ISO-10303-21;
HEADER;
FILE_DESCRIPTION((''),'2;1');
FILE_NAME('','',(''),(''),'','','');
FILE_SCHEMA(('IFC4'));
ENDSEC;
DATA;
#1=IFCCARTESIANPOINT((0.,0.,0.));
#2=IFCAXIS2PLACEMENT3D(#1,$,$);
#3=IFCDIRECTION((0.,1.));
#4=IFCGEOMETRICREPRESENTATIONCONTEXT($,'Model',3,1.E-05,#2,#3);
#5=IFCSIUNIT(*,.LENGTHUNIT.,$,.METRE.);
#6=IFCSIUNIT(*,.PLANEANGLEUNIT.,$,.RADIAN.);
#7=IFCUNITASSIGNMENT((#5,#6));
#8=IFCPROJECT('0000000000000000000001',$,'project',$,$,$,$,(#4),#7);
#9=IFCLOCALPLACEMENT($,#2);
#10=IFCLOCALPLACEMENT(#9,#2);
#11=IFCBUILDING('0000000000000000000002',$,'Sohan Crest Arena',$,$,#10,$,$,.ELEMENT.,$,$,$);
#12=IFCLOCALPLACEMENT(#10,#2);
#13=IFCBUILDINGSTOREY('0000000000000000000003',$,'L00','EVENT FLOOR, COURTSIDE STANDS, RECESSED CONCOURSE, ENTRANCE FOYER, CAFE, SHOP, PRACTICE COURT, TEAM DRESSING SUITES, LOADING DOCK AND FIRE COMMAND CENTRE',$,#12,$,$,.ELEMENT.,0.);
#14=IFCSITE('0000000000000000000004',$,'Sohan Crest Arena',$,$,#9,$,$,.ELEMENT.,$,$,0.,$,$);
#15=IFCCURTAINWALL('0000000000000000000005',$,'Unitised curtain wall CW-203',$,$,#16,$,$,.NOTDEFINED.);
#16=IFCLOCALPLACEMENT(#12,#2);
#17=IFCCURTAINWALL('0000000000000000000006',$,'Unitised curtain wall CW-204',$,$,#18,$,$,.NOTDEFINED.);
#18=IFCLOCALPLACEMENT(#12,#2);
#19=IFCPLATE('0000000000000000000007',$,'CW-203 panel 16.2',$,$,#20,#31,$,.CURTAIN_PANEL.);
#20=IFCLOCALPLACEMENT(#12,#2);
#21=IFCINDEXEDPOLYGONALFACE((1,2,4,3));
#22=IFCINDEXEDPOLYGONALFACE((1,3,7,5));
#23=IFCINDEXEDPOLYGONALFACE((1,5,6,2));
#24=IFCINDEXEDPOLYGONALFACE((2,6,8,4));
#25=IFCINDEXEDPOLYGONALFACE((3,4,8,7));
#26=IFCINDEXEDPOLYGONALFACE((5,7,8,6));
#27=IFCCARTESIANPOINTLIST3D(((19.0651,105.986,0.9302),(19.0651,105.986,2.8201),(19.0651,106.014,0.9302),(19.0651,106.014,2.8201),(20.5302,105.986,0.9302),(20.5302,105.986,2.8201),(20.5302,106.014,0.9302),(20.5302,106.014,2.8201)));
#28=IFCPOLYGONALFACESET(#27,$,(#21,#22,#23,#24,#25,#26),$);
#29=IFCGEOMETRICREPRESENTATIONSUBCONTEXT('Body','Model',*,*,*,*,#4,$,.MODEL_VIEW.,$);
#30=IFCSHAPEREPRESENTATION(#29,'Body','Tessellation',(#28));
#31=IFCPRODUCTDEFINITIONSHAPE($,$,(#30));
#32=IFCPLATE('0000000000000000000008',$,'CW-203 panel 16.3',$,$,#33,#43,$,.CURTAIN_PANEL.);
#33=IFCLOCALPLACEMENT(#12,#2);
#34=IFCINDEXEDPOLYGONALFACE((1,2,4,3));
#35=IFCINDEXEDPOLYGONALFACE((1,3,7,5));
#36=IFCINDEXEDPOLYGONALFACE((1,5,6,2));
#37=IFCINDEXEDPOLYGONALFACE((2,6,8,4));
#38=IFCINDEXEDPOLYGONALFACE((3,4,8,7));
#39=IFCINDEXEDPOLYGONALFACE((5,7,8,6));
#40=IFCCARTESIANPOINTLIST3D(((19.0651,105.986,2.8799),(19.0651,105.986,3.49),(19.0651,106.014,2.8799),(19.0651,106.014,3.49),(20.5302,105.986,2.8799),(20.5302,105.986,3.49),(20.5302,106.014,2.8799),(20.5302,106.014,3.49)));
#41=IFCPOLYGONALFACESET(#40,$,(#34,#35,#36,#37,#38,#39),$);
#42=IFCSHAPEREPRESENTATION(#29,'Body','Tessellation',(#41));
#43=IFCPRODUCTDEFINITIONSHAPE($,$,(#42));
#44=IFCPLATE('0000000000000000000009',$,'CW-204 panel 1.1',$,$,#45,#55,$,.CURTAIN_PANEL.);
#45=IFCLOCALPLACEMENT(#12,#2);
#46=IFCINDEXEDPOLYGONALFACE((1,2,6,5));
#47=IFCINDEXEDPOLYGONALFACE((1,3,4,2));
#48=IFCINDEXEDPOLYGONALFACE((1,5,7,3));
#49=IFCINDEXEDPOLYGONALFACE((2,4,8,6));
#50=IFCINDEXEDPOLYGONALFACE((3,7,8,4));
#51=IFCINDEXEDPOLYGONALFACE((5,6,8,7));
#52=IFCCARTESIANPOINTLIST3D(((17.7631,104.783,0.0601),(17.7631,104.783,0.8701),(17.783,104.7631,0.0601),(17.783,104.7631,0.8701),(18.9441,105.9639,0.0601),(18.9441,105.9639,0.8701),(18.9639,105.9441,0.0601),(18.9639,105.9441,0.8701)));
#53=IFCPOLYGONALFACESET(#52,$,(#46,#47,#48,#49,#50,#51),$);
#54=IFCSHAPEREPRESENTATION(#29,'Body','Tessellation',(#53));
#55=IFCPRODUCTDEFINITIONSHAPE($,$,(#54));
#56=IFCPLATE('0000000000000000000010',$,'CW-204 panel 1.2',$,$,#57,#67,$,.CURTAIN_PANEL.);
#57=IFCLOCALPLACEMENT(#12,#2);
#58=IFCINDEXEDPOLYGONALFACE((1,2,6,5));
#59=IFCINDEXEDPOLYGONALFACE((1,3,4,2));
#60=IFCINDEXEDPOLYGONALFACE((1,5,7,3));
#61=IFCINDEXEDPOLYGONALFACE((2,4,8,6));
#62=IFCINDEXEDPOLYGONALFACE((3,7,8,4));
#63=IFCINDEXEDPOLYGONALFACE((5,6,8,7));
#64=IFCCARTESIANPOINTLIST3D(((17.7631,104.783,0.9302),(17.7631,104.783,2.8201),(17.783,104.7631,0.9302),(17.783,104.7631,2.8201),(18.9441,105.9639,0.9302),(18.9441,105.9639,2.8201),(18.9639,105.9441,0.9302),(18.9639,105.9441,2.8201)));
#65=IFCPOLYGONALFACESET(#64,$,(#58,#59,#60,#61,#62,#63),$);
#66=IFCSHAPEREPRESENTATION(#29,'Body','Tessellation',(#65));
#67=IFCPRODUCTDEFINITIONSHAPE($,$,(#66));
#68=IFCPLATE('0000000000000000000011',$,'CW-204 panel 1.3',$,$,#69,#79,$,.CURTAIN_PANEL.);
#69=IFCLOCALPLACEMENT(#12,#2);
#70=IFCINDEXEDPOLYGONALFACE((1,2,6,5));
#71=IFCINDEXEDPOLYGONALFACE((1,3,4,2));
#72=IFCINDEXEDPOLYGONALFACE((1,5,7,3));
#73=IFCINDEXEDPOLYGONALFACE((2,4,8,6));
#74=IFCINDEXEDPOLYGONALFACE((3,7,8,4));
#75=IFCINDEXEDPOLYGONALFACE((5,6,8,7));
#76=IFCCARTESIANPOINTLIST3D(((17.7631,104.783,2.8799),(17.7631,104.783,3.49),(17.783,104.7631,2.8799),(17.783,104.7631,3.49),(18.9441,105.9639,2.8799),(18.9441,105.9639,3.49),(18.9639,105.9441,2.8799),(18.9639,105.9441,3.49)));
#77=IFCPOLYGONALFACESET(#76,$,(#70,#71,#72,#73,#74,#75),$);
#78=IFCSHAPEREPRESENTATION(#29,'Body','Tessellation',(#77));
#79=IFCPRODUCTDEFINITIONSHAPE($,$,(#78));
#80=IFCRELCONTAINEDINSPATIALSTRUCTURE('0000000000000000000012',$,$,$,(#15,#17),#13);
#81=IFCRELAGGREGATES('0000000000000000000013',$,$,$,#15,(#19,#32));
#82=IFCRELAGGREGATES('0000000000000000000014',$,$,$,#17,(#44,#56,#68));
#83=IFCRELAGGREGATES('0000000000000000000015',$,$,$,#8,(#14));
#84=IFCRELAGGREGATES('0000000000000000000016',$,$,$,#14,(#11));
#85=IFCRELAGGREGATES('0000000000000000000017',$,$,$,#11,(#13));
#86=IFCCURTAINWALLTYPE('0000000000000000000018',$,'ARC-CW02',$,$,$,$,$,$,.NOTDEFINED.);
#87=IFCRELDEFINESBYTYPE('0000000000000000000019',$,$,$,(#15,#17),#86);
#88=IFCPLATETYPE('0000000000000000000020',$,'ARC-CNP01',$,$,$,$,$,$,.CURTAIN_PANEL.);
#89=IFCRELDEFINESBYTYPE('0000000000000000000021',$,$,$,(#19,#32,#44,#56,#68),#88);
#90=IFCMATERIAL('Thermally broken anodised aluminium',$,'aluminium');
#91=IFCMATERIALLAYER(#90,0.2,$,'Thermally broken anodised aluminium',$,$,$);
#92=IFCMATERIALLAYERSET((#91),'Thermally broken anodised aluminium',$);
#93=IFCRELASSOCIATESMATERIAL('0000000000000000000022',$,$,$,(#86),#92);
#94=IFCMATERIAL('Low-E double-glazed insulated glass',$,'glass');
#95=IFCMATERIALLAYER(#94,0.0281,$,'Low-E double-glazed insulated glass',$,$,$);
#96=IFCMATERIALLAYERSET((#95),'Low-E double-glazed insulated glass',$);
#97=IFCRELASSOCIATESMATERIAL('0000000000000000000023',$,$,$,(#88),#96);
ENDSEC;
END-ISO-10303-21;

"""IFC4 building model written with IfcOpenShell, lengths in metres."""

from ifc_helpers import new_model, si_unit, direction, frame, origin, origin_2d, place, context, subcontext, project, spatial, rectangle, extrude, material, layer, layer_set, type_object, element, aggregate, save


model = new_model("IFC4")

# Units and contexts
model_context = context("Model", 3, precision=1e-05, world=origin(), true_north=direction((0.0, 1.0)))
body_context = subcontext(model_context, "Body", "Model", "MODEL_VIEW")
ifc_project = project(units=[si_unit("LENGTHUNIT", "METRE"), si_unit("PLANEANGLEUNIT", "RADIAN")], contexts=[model_context])

# Site, building, storey
site_placement = place(None, origin())
site = spatial("IfcSite", under=ifc_project, at=site_placement, Name="Sohan Crest Arena", CompositionType="ELEMENT", RefElevation=0.0)
building_placement = place(site_placement, origin())
building = spatial("IfcBuilding", under=site, at=building_placement, Name="Sohan Crest Arena", CompositionType="ELEMENT")
storey_placement = place(building_placement, origin())
storey = spatial("IfcBuildingStorey", under=building, at=storey_placement, Name="L00", Description="EVENT FLOOR, COURTSIDE STANDS, RECESSED CONCOURSE, ENTRANCE FOYER, CAFE, SHOP, PRACTICE COURT, TEAM DRESSING SUITES, LOADING DOCK AND FIRE COMMAND CENTRE", CompositionType="ELEMENT", Elevation=0.0)

# Curtain walls
ifc_material_1 = material(Name="Thermally broken anodised aluminium", Category="aluminium")
ifc_layer_1 = layer(ifc_material_1, 0.2, Name="Thermally broken anodised aluminium")
ifc_layer_set_1 = layer_set([ifc_layer_1], Name="Thermally broken anodised aluminium")
curtain_wall_type = type_object("IfcCurtainWallType", Name="ARC-CW02", PredefinedType="NOTDEFINED", material=ifc_layer_set_1)
curtain_wall_1_placement = place(storey_placement, origin())
curtain_wall_1 = element("IfcCurtainWall", 1, at=curtain_wall_1_placement, inside=storey, type_object=curtain_wall_type, Name="Unitised curtain wall CW-203", PredefinedType="NOTDEFINED")
curtain_wall_2_placement = place(storey_placement, origin())
curtain_wall_2 = element("IfcCurtainWall", 2, at=curtain_wall_2_placement, inside=storey, type_object=curtain_wall_type, Name="Unitised curtain wall CW-204", PredefinedType="NOTDEFINED")

# Plates
ifc_material_2 = material(Name="Low-E double-glazed insulated glass", Category="glass")
ifc_layer_2 = layer(ifc_material_2, 0.0281, Name="Low-E double-glazed insulated glass")
ifc_layer_set_2 = layer_set([ifc_layer_2], Name="Low-E double-glazed insulated glass")
plate_type = type_object("IfcPlateType", Name="ARC-CNP01", PredefinedType="CURTAIN_PANEL", material=ifc_layer_set_2)
plate_1_placement = place(storey_placement, frame((19.7976, 106.0, 0.9302), z_axis=(0.0, 0.0, 1.0), x_axis=(-1.0, 0.0, 0.0)))
plate_1 = element("IfcPlate", 3, at=plate_1_placement, type_object=plate_type, Name="CW-203 panel 16.2", PredefinedType="CURTAIN_PANEL", context=body_context, shape_type="SweptSolid", body=[
    extrude(rectangle(XDim=1.4651, YDim=0.0281, at=origin_2d()), origin(), (0.0, 0.0, 1.0), 1.8899),
])
plate_2_placement = place(storey_placement, frame((19.7976, 106.0, 2.8799), z_axis=(0.0, 0.0, 1.0), x_axis=(-1.0, 0.0, 0.0)))
plate_2 = element("IfcPlate", 4, at=plate_2_placement, type_object=plate_type, Name="CW-203 panel 16.3", PredefinedType="CURTAIN_PANEL", context=body_context, shape_type="SweptSolid", body=[
    extrude(rectangle(XDim=1.4651, YDim=0.0281, at=origin_2d()), origin(), (0.0, 0.0, 1.0), 0.6101),
])
aggregate(curtain_wall_1, [plate_1, plate_2])
plate_3_placement = place(storey_placement, frame((18.3635, 105.3635, 0.0601), z_axis=(0.0, 0.0, 1.0), x_axis=(-0.707107, -0.707107, 0.0)))
plate_3 = element("IfcPlate", 5, at=plate_3_placement, type_object=plate_type, Name="CW-204 panel 1.1", PredefinedType="CURTAIN_PANEL", context=body_context, shape_type="SweptSolid", body=[
    extrude(rectangle(XDim=1.6702, YDim=0.0281, at=origin_2d()), origin(), (0.0, 0.0, 1.0), 0.8101),
])
plate_4_placement = place(storey_placement, frame((18.3635, 105.3635, 0.9302), z_axis=(0.0, 0.0, 1.0), x_axis=(-0.707107, -0.707107, 0.0)))
plate_4 = element("IfcPlate", 6, at=plate_4_placement, type_object=plate_type, Name="CW-204 panel 1.2", PredefinedType="CURTAIN_PANEL", context=body_context, shape_type="SweptSolid", body=[
    extrude(rectangle(XDim=1.6702, YDim=0.0281, at=origin_2d()), origin(), (0.0, 0.0, 1.0), 1.8899),
])
plate_5_placement = place(storey_placement, frame((18.3635, 105.3635, 2.8799), z_axis=(0.0, 0.0, 1.0), x_axis=(-0.707107, -0.707107, 0.0)))
plate_5 = element("IfcPlate", 7, at=plate_5_placement, type_object=plate_type, Name="CW-204 panel 1.3", PredefinedType="CURTAIN_PANEL", context=body_context, shape_type="SweptSolid", body=[
    extrude(rectangle(XDim=1.6702, YDim=0.0281, at=origin_2d()), origin(), (0.0, 0.0, 1.0), 0.6101),
])
aggregate(curtain_wall_2, [plate_3, plate_4, plate_5])

save(model, "model.ifc")
